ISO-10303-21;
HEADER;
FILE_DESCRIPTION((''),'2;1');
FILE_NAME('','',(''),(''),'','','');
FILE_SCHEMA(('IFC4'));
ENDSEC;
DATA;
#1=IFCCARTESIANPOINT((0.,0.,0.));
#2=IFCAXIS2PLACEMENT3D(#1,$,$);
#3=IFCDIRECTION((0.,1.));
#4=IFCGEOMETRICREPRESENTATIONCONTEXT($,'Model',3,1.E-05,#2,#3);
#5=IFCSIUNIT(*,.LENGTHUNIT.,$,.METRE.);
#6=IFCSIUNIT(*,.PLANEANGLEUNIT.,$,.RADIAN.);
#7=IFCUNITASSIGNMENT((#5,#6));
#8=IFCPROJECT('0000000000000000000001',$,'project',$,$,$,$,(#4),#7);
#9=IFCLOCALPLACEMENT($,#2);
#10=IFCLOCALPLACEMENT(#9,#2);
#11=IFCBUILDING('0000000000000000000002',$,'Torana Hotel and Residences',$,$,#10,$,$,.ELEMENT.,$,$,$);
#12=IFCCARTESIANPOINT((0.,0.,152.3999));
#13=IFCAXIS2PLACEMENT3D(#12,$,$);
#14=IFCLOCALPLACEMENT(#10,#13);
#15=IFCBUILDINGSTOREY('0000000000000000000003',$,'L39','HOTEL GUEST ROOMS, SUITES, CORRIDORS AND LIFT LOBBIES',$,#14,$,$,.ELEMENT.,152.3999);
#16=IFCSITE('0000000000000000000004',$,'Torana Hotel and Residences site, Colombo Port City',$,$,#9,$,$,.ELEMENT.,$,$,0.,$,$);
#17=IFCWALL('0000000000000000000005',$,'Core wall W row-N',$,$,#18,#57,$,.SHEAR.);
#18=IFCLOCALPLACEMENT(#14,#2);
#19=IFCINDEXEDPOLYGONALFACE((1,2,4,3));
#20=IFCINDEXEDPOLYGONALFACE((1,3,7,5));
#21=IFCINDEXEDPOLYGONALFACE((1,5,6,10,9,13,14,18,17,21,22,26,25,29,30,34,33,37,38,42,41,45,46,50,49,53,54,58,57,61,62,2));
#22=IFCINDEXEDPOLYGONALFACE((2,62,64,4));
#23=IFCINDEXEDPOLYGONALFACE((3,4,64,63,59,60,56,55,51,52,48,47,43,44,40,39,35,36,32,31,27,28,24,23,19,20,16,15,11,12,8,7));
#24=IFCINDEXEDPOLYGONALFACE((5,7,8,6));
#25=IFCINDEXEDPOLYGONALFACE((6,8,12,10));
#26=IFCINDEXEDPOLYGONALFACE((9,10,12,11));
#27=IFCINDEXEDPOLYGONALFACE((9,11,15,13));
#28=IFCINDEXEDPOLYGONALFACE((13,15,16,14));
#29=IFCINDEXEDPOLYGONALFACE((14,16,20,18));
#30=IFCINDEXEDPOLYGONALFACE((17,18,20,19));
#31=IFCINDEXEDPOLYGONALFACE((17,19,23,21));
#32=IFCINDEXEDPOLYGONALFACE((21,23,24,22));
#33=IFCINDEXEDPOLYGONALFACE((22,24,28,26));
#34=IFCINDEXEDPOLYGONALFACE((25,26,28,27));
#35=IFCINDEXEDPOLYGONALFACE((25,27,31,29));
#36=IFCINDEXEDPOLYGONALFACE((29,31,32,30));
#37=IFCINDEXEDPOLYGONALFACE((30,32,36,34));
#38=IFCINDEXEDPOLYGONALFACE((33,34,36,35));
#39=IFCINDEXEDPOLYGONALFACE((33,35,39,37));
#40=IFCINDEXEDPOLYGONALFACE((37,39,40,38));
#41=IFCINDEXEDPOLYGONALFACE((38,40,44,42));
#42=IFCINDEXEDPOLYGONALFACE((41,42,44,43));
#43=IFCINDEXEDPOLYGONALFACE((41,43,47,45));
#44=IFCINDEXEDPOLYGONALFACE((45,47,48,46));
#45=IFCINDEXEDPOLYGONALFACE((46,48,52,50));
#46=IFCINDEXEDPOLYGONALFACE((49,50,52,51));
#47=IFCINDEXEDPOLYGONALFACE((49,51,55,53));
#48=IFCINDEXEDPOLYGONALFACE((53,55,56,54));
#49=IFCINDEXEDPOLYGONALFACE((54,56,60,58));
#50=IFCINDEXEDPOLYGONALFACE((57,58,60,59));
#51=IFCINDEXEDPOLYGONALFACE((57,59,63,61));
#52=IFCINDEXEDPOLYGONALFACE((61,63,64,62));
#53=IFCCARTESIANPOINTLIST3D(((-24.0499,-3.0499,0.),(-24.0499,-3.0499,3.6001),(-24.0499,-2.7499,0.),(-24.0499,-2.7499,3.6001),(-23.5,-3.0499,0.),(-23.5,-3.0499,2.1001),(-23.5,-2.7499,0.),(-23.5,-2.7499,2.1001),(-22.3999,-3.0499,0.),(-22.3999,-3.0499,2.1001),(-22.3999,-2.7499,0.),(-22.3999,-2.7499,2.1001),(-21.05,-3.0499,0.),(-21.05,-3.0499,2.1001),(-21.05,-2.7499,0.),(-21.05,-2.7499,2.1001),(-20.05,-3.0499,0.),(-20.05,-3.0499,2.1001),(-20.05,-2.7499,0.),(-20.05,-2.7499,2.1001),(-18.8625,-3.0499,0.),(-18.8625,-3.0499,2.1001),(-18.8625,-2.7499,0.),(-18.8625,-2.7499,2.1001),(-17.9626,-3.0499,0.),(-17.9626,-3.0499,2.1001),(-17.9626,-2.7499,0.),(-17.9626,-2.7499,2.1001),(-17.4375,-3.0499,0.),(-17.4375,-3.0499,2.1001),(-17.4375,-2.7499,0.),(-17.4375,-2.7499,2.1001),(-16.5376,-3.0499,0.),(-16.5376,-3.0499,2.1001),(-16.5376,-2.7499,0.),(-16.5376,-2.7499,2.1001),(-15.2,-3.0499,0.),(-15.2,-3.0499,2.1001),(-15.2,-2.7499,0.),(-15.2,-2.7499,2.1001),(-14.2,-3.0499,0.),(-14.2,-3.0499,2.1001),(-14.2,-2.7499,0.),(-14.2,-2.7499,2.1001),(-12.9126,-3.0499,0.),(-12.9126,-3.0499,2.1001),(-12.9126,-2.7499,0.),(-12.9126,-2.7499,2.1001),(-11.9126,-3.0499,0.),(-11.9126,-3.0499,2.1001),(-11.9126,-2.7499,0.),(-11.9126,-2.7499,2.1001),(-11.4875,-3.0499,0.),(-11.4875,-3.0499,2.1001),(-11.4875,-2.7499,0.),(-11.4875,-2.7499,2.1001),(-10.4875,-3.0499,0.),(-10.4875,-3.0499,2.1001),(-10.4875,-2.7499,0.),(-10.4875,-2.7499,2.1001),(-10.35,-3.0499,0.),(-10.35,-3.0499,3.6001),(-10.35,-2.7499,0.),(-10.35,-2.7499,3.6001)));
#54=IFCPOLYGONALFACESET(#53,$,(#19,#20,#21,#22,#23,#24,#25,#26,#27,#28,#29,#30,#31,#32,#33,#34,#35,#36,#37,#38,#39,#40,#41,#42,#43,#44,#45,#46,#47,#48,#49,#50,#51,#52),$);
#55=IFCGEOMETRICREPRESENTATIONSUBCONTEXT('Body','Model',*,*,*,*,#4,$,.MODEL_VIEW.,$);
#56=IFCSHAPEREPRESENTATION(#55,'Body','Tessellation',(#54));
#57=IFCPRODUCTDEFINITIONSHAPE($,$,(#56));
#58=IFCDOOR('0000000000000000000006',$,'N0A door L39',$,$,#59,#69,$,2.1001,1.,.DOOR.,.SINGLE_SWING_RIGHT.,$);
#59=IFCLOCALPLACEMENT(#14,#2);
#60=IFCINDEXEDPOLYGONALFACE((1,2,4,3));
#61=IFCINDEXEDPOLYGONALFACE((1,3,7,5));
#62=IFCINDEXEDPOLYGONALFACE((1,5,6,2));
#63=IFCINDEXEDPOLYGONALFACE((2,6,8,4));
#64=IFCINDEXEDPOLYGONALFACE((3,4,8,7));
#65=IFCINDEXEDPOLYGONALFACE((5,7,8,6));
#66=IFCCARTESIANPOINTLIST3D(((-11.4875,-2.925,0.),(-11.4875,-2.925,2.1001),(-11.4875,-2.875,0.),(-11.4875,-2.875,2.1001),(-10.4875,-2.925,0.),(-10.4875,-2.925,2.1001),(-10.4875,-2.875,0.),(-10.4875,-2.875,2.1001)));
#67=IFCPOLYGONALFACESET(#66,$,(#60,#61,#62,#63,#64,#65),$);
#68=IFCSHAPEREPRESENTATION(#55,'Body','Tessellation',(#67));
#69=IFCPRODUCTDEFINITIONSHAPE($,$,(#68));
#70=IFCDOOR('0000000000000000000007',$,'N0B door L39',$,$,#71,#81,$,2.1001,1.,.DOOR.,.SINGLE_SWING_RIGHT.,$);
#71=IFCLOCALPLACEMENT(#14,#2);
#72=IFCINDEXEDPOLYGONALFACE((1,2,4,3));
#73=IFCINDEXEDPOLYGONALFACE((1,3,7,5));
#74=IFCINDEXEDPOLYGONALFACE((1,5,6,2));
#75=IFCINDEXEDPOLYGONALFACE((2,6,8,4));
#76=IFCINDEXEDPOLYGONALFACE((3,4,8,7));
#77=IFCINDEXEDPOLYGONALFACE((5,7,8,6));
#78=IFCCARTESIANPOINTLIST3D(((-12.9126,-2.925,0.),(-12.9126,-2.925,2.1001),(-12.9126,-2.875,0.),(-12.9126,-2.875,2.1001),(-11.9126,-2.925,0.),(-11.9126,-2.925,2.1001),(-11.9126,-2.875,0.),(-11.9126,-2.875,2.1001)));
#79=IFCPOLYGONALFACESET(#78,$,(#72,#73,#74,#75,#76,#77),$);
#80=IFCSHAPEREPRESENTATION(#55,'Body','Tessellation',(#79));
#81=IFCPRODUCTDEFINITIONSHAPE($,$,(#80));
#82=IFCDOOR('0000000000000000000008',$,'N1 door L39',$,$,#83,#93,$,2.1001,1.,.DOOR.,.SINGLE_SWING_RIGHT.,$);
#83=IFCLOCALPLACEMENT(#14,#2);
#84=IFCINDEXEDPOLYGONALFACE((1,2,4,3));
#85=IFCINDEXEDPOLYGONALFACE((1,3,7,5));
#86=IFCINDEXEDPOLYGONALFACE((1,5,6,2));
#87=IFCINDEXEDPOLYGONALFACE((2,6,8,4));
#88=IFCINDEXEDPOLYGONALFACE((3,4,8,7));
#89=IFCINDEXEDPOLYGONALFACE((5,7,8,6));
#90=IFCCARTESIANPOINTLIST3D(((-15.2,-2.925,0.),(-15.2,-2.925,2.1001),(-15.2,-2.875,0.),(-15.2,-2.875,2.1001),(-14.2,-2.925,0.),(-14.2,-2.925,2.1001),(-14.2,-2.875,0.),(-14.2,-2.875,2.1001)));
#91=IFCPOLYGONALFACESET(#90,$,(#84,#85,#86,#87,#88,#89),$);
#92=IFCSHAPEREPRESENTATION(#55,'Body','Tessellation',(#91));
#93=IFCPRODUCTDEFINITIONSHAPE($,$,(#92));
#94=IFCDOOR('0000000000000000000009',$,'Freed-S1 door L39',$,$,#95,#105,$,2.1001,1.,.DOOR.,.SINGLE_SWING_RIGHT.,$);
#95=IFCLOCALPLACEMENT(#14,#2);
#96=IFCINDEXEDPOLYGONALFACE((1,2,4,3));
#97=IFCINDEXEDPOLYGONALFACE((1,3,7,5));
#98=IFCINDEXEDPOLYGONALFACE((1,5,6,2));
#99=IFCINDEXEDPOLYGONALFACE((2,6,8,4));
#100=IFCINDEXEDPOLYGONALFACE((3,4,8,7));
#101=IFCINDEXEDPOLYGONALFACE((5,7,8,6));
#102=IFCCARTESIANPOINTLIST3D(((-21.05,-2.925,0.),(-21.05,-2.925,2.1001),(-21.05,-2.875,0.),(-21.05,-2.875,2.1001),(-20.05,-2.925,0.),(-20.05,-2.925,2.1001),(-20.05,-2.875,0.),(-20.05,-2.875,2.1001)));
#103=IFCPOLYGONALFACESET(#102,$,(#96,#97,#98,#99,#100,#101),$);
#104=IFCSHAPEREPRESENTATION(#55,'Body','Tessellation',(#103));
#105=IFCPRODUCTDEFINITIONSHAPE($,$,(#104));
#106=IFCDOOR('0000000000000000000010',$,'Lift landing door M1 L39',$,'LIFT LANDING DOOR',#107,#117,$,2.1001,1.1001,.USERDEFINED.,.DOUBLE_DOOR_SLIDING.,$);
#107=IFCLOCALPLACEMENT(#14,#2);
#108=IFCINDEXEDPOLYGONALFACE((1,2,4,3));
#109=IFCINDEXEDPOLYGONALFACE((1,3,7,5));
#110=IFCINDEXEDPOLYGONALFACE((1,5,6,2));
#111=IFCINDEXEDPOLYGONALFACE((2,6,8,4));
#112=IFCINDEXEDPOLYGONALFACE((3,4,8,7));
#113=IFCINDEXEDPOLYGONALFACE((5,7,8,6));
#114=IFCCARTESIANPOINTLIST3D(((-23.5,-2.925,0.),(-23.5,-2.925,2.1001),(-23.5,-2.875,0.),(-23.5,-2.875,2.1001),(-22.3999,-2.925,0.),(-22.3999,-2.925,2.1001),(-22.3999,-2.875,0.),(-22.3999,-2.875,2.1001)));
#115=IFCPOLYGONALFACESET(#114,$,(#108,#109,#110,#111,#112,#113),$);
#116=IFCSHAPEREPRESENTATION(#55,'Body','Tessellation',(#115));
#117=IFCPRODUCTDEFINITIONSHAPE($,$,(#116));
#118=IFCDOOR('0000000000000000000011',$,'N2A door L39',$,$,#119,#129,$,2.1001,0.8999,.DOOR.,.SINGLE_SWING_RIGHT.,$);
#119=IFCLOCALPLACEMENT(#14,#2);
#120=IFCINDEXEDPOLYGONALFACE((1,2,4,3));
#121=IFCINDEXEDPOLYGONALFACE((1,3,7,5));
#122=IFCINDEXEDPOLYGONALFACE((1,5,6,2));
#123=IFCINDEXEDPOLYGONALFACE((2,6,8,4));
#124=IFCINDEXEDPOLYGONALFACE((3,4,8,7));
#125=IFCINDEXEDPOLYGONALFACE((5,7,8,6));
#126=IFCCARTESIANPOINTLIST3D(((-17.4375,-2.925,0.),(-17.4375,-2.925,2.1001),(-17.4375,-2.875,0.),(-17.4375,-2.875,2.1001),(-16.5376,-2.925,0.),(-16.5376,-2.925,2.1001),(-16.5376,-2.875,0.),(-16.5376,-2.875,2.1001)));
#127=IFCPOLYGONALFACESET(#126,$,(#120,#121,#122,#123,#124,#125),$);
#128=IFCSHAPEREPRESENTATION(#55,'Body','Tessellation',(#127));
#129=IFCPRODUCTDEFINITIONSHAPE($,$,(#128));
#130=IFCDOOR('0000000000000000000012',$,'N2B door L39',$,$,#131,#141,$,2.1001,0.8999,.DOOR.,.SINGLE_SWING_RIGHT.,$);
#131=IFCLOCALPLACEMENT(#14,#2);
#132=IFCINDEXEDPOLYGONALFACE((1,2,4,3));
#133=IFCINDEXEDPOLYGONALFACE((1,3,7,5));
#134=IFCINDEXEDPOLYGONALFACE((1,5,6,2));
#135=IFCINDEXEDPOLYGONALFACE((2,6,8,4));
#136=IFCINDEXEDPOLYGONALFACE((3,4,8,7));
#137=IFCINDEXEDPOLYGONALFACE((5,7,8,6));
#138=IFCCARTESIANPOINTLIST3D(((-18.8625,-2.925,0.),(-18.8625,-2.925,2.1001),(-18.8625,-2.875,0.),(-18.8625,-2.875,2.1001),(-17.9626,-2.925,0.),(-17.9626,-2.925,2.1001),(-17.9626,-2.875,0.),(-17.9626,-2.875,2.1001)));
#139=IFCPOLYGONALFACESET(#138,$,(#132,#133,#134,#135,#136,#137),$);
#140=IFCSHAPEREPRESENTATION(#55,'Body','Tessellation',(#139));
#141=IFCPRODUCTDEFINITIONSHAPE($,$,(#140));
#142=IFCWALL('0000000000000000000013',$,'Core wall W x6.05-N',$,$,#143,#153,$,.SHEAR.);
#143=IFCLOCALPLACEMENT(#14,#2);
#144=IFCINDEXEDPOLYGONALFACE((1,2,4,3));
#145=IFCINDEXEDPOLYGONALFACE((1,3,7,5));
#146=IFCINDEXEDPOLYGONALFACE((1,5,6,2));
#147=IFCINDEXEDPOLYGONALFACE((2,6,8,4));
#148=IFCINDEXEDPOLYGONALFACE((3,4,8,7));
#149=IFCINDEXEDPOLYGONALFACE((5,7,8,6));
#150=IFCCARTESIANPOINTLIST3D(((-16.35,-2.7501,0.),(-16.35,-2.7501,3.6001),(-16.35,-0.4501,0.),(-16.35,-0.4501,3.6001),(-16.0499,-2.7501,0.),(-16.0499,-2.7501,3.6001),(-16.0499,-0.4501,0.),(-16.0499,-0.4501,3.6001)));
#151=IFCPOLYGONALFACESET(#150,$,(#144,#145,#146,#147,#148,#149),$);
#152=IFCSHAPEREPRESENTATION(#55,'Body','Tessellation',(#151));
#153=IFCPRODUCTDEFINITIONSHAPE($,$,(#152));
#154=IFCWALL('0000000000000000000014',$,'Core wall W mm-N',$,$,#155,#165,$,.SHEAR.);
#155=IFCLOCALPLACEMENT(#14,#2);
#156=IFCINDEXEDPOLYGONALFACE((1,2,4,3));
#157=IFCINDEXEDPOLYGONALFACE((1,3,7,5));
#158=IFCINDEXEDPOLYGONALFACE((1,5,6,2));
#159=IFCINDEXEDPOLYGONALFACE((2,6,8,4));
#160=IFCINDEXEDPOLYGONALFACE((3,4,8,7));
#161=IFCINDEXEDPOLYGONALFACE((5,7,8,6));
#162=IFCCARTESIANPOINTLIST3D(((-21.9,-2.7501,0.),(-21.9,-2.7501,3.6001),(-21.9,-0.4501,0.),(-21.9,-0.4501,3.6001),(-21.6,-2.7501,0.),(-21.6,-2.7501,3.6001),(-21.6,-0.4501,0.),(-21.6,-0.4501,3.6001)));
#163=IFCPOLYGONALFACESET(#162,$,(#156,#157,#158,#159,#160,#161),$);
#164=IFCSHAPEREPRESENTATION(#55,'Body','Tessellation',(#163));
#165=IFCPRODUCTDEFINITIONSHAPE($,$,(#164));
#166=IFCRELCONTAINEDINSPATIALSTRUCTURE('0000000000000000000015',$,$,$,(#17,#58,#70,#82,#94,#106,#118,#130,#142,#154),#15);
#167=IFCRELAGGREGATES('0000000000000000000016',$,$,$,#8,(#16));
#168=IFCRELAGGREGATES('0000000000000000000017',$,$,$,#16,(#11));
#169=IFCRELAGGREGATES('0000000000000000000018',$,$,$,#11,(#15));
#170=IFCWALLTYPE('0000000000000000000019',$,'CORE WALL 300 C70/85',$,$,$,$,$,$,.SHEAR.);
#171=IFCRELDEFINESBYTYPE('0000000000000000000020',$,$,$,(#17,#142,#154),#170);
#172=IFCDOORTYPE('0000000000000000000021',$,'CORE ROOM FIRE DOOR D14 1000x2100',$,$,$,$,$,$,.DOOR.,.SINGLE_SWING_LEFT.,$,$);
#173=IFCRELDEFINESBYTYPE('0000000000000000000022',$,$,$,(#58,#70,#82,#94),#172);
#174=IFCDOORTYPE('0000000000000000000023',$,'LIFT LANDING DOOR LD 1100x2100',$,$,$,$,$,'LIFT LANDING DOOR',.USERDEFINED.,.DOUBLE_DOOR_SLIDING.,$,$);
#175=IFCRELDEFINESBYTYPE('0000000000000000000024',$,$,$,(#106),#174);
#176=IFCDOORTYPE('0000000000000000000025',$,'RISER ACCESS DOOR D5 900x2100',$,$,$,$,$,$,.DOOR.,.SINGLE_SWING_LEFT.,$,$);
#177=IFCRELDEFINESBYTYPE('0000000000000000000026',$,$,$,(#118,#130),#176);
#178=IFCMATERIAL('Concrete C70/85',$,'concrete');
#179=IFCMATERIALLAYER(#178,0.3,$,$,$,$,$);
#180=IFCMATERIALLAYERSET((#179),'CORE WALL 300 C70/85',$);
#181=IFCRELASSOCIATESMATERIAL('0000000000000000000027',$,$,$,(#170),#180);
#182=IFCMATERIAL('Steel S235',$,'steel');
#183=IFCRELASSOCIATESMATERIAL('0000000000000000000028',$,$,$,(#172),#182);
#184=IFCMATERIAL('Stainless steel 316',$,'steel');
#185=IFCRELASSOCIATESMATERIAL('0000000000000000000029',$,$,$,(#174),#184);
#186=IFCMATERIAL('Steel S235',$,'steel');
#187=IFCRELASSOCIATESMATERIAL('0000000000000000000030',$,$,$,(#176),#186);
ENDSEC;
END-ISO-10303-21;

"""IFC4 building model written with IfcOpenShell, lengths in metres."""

from ifc_helpers import new_model, si_unit, direction, frame, frame_2d, origin, place, context, subcontext, project, spatial, rectangle, extrude, material, layer, layer_set, type_object, element, fill, save


model = new_model("IFC4")

# Units and contexts
model_context = context("Model", 3, precision=1e-05, world=origin(), true_north=direction((0.0, 1.0)))
body_context = subcontext(model_context, "Body", "Model", "MODEL_VIEW")
ifc_project = project(units=[si_unit("LENGTHUNIT", "METRE"), si_unit("PLANEANGLEUNIT", "RADIAN")], contexts=[model_context])

# Site, building, storey
site_placement = place(None, origin())
site = spatial("IfcSite", under=ifc_project, at=site_placement, Name="Torana Hotel and Residences site, Colombo Port City", CompositionType="ELEMENT", RefElevation=0.0)
building_placement = place(site_placement, origin())
building = spatial("IfcBuilding", under=site, at=building_placement, Name="Torana Hotel and Residences", CompositionType="ELEMENT")
storey_placement = place(building_placement, frame((0.0, 0.0, 152.3999)))
storey = spatial("IfcBuildingStorey", under=building, at=storey_placement, Name="L39", Description="HOTEL GUEST ROOMS, SUITES, CORRIDORS AND LIFT LOBBIES", CompositionType="ELEMENT", Elevation=152.3999)

# Wall, openings, doors
ifc_material_1 = material(Name="Concrete C70/85", Category="concrete")
ifc_layer_1 = layer(ifc_material_1, 0.3)
ifc_layer_set_1 = layer_set([ifc_layer_1], Name="CORE WALL 300 C70/85")
wall_type_1 = type_object("IfcWallType", Name="CORE WALL 300 C70/85", PredefinedType="SHEAR", material=ifc_layer_set_1)
wall_1_placement = place(storey_placement, frame((-24.05, -2.8999, 0.0), z_axis=(0.0, 0.0, 1.0), x_axis=(1.0, 0.0, 0.0)))
wall_1 = element("IfcWall", 1, at=wall_1_placement, inside=storey, type_object=wall_type_1, Name="Core wall W row-N", PredefinedType="SHEAR", context=body_context, shape_type="SweptSolid", body=[
    extrude(rectangle(XDim=13.7, YDim=0.3, at=frame_2d((6.8501, 0.0))), origin(), (0.0, 0.0, 1.0), 3.6001),
])
opening_1_placement = place(wall_1_placement, frame((0.55, 0.0, 0.0)))
opening_1 = element("IfcOpeningElement", 2, at=opening_1_placement, cuts=wall_1, PredefinedType="OPENING", context=body_context, shape_type="SweptSolid", body=[
    extrude(rectangle(XDim=1.1001, YDim=2.1001, at=frame_2d((0.55, 1.05))), frame((0.0, 0.1599, 0.0), z_axis=(0.0, -1.0, 0.0), x_axis=(1.0, 0.0, 0.0)), (0.0, 0.0, 1.0), 0.3201),
])
opening_2_placement = place(wall_1_placement, frame((6.6125, 0.0, 0.0)))
opening_2 = element("IfcOpeningElement", 3, at=opening_2_placement, cuts=wall_1, PredefinedType="OPENING", context=body_context, shape_type="SweptSolid", body=[
    extrude(rectangle(XDim=0.8999, YDim=2.1001, at=frame_2d((0.45, 1.05))), frame((0.0, 0.1599, 0.0), z_axis=(0.0, -1.0, 0.0), x_axis=(1.0, 0.0, 0.0)), (0.0, 0.0, 1.0), 0.3201),
])
opening_3_placement = place(wall_1_placement, frame((5.1875, 0.0, 0.0)))
opening_3 = element("IfcOpeningElement", 4, at=opening_3_placement, cuts=wall_1, PredefinedType="OPENING", context=body_context, shape_type="SweptSolid", body=[
    extrude(rectangle(XDim=0.8999, YDim=2.1001, at=frame_2d((0.45, 1.05))), frame((0.0, 0.1599, 0.0), z_axis=(0.0, -1.0, 0.0), x_axis=(1.0, 0.0, 0.0)), (0.0, 0.0, 1.0), 0.3201),
])
opening_4_placement = place(wall_1_placement, frame((12.5625, 0.0, 0.0)))
opening_4 = element("IfcOpeningElement", 5, at=opening_4_placement, cuts=wall_1, PredefinedType="OPENING", context=body_context, shape_type="SweptSolid", body=[
    extrude(rectangle(XDim=1.0, YDim=2.1001, at=frame_2d((0.5, 1.05))), frame((0.0, 0.1599, 0.0), z_axis=(0.0, -1.0, 0.0), x_axis=(1.0, 0.0, 0.0)), (0.0, 0.0, 1.0), 0.3201),
])
opening_5_placement = place(wall_1_placement, frame((11.1375, 0.0, 0.0)))
opening_5 = element("IfcOpeningElement", 6, at=opening_5_placement, cuts=wall_1, PredefinedType="OPENING", context=body_context, shape_type="SweptSolid", body=[
    extrude(rectangle(XDim=1.0, YDim=2.1001, at=frame_2d((0.5, 1.05))), frame((0.0, 0.1599, 0.0), z_axis=(0.0, -1.0, 0.0), x_axis=(1.0, 0.0, 0.0)), (0.0, 0.0, 1.0), 0.3201),
])
opening_6_placement = place(wall_1_placement, frame((8.8501, 0.0, 0.0)))
opening_6 = element("IfcOpeningElement", 7, at=opening_6_placement, cuts=wall_1, PredefinedType="OPENING", context=body_context, shape_type="SweptSolid", body=[
    extrude(rectangle(XDim=1.0, YDim=2.1001, at=frame_2d((0.5, 1.05))), frame((0.0, 0.1599, 0.0), z_axis=(0.0, -1.0, 0.0), x_axis=(1.0, 0.0, 0.0)), (0.0, 0.0, 1.0), 0.3201),
])
opening_7_placement = place(wall_1_placement, frame((3.0, 0.0, 0.0)))
opening_7 = element("IfcOpeningElement", 8, at=opening_7_placement, cuts=wall_1, PredefinedType="OPENING", context=body_context, shape_type="SweptSolid", body=[
    extrude(rectangle(XDim=1.0, YDim=2.1001, at=frame_2d((0.5, 1.05))), frame((0.0, 0.1599, 0.0), z_axis=(0.0, -1.0, 0.0), x_axis=(1.0, 0.0, 0.0)), (0.0, 0.0, 1.0), 0.3201),
])
ifc_material_2 = material(Name="Steel S235", Category="steel")
door_type_1 = type_object("IfcDoorType", Name="CORE ROOM FIRE DOOR D14 1000x2100", OperationType="SINGLE_SWING_LEFT", PredefinedType="DOOR", material=ifc_material_2)
door_1_placement = place(opening_4_placement, origin())
door_1 = element("IfcDoor", 9, at=door_1_placement, inside=storey, type_object=door_type_1, Name="N0A door L39", OperationType="SINGLE_SWING_RIGHT", OverallHeight=2.1001, OverallWidth=1.0, PredefinedType="DOOR", context=body_context, shape_type="SweptSolid", body=[
    extrude(rectangle(XDim=1.0, YDim=2.1001, at=frame_2d((0.5, 1.05))), frame((0.0, 0.0249, 0.0), z_axis=(0.0, -1.0, 0.0), x_axis=(1.0, 0.0, 0.0)), (0.0, 0.0, 1.0), 0.05),
])
fill(opening_4, door_1)
door_2_placement = place(opening_5_placement, origin())
door_2 = element("IfcDoor", 10, at=door_2_placement, inside=storey, type_object=door_type_1, Name="N0B door L39", OperationType="SINGLE_SWING_RIGHT", OverallHeight=2.1001, OverallWidth=1.0, PredefinedType="DOOR", context=body_context, shape_type="SweptSolid", body=[
    extrude(rectangle(XDim=1.0, YDim=2.1001, at=frame_2d((0.5, 1.05))), frame((0.0, 0.0249, 0.0), z_axis=(0.0, -1.0, 0.0), x_axis=(1.0, 0.0, 0.0)), (0.0, 0.0, 1.0), 0.05),
])
fill(opening_5, door_2)
door_3_placement = place(opening_6_placement, origin())
door_3 = element("IfcDoor", 11, at=door_3_placement, inside=storey, type_object=door_type_1, Name="N1 door L39", OperationType="SINGLE_SWING_RIGHT", OverallHeight=2.1001, OverallWidth=1.0, PredefinedType="DOOR", context=body_context, shape_type="SweptSolid", body=[
    extrude(rectangle(XDim=1.0, YDim=2.1001, at=frame_2d((0.5, 1.05))), frame((0.0, 0.0249, 0.0), z_axis=(0.0, -1.0, 0.0), x_axis=(1.0, 0.0, 0.0)), (0.0, 0.0, 1.0), 0.05),
])
fill(opening_6, door_3)
door_4_placement = place(opening_7_placement, origin())
door_4 = element("IfcDoor", 12, at=door_4_placement, inside=storey, type_object=door_type_1, Name="Freed-S1 door L39", OperationType="SINGLE_SWING_RIGHT", OverallHeight=2.1001, OverallWidth=1.0, PredefinedType="DOOR", context=body_context, shape_type="SweptSolid", body=[
    extrude(rectangle(XDim=1.0, YDim=2.1001, at=frame_2d((0.5, 1.05))), frame((0.0, 0.0249, 0.0), z_axis=(0.0, -1.0, 0.0), x_axis=(1.0, 0.0, 0.0)), (0.0, 0.0, 1.0), 0.05),
])
fill(opening_7, door_4)
ifc_material_3 = material(Name="Stainless steel 316", Category="steel")
door_type_2 = type_object("IfcDoorType", Name="LIFT LANDING DOOR LD 1100x2100", ElementType="LIFT LANDING DOOR", OperationType="DOUBLE_DOOR_SLIDING", PredefinedType="USERDEFINED", material=ifc_material_3)
door_5_placement = place(opening_1_placement, origin())
door_5 = element("IfcDoor", 13, at=door_5_placement, inside=storey, type_object=door_type_2, Name="Lift landing door M1 L39", ObjectType="LIFT LANDING DOOR", OperationType="DOUBLE_DOOR_SLIDING", OverallHeight=2.1001, OverallWidth=1.1001, PredefinedType="USERDEFINED", context=body_context, shape_type="SweptSolid", body=[
    extrude(rectangle(XDim=1.1001, YDim=2.1001, at=frame_2d((0.55, 1.05))), frame((0.0, 0.0249, 0.0), z_axis=(0.0, -1.0, 0.0), x_axis=(1.0, 0.0, 0.0)), (0.0, 0.0, 1.0), 0.05),
])
fill(opening_1, door_5)
ifc_material_4 = material(Name="Steel S235", Category="steel")
door_type_3 = type_object("IfcDoorType", Name="RISER ACCESS DOOR D5 900x2100", OperationType="SINGLE_SWING_LEFT", PredefinedType="DOOR", material=ifc_material_4)
door_6_placement = place(opening_2_placement, origin())
door_6 = element("IfcDoor", 14, at=door_6_placement, inside=storey, type_object=door_type_3, Name="N2A door L39", OperationType="SINGLE_SWING_RIGHT", OverallHeight=2.1001, OverallWidth=0.8999, PredefinedType="DOOR", context=body_context, shape_type="SweptSolid", body=[
    extrude(rectangle(XDim=0.8999, YDim=2.1001, at=frame_2d((0.45, 1.05))), frame((0.0, 0.0249, 0.0), z_axis=(0.0, -1.0, 0.0), x_axis=(1.0, 0.0, 0.0)), (0.0, 0.0, 1.0), 0.05),
])
fill(opening_2, door_6)
door_7_placement = place(opening_3_placement, origin())
door_7 = element("IfcDoor", 15, at=door_7_placement, inside=storey, type_object=door_type_3, Name="N2B door L39", OperationType="SINGLE_SWING_RIGHT", OverallHeight=2.1001, OverallWidth=0.8999, PredefinedType="DOOR", context=body_context, shape_type="SweptSolid", body=[
    extrude(rectangle(XDim=0.8999, YDim=2.1001, at=frame_2d((0.45, 1.05))), frame((0.0, 0.0249, 0.0), z_axis=(0.0, -1.0, 0.0), x_axis=(1.0, 0.0, 0.0)), (0.0, 0.0, 1.0), 0.05),
])
fill(opening_3, door_7)

# Walls
for number, where, z_axis, x_axis, name in (
    (16, (-16.2, -2.75, 0.0), (0.0, 0.0, 1.0), (0.0, 1.0, 0.0), "Core wall W x6.05-N"),
    (17, (-21.75, -2.75, 0.0), (0.0, 0.0, 1.0), (0.0, 1.0, 0.0), "Core wall W mm-N"),
):
    element("IfcWall", number, at=place(storey_placement, frame(where, z_axis=z_axis, x_axis=x_axis)), inside=storey, type_object=wall_type_1, Name=name, PredefinedType="SHEAR", context=body_context, shape_type="SweptSolid", body=[
        extrude(rectangle(XDim=2.3, YDim=0.3, at=frame_2d((1.1499, 0.0))), origin(), (0.0, 0.0, 1.0), 3.6001),
    ])

save(model, "model.ifc")
